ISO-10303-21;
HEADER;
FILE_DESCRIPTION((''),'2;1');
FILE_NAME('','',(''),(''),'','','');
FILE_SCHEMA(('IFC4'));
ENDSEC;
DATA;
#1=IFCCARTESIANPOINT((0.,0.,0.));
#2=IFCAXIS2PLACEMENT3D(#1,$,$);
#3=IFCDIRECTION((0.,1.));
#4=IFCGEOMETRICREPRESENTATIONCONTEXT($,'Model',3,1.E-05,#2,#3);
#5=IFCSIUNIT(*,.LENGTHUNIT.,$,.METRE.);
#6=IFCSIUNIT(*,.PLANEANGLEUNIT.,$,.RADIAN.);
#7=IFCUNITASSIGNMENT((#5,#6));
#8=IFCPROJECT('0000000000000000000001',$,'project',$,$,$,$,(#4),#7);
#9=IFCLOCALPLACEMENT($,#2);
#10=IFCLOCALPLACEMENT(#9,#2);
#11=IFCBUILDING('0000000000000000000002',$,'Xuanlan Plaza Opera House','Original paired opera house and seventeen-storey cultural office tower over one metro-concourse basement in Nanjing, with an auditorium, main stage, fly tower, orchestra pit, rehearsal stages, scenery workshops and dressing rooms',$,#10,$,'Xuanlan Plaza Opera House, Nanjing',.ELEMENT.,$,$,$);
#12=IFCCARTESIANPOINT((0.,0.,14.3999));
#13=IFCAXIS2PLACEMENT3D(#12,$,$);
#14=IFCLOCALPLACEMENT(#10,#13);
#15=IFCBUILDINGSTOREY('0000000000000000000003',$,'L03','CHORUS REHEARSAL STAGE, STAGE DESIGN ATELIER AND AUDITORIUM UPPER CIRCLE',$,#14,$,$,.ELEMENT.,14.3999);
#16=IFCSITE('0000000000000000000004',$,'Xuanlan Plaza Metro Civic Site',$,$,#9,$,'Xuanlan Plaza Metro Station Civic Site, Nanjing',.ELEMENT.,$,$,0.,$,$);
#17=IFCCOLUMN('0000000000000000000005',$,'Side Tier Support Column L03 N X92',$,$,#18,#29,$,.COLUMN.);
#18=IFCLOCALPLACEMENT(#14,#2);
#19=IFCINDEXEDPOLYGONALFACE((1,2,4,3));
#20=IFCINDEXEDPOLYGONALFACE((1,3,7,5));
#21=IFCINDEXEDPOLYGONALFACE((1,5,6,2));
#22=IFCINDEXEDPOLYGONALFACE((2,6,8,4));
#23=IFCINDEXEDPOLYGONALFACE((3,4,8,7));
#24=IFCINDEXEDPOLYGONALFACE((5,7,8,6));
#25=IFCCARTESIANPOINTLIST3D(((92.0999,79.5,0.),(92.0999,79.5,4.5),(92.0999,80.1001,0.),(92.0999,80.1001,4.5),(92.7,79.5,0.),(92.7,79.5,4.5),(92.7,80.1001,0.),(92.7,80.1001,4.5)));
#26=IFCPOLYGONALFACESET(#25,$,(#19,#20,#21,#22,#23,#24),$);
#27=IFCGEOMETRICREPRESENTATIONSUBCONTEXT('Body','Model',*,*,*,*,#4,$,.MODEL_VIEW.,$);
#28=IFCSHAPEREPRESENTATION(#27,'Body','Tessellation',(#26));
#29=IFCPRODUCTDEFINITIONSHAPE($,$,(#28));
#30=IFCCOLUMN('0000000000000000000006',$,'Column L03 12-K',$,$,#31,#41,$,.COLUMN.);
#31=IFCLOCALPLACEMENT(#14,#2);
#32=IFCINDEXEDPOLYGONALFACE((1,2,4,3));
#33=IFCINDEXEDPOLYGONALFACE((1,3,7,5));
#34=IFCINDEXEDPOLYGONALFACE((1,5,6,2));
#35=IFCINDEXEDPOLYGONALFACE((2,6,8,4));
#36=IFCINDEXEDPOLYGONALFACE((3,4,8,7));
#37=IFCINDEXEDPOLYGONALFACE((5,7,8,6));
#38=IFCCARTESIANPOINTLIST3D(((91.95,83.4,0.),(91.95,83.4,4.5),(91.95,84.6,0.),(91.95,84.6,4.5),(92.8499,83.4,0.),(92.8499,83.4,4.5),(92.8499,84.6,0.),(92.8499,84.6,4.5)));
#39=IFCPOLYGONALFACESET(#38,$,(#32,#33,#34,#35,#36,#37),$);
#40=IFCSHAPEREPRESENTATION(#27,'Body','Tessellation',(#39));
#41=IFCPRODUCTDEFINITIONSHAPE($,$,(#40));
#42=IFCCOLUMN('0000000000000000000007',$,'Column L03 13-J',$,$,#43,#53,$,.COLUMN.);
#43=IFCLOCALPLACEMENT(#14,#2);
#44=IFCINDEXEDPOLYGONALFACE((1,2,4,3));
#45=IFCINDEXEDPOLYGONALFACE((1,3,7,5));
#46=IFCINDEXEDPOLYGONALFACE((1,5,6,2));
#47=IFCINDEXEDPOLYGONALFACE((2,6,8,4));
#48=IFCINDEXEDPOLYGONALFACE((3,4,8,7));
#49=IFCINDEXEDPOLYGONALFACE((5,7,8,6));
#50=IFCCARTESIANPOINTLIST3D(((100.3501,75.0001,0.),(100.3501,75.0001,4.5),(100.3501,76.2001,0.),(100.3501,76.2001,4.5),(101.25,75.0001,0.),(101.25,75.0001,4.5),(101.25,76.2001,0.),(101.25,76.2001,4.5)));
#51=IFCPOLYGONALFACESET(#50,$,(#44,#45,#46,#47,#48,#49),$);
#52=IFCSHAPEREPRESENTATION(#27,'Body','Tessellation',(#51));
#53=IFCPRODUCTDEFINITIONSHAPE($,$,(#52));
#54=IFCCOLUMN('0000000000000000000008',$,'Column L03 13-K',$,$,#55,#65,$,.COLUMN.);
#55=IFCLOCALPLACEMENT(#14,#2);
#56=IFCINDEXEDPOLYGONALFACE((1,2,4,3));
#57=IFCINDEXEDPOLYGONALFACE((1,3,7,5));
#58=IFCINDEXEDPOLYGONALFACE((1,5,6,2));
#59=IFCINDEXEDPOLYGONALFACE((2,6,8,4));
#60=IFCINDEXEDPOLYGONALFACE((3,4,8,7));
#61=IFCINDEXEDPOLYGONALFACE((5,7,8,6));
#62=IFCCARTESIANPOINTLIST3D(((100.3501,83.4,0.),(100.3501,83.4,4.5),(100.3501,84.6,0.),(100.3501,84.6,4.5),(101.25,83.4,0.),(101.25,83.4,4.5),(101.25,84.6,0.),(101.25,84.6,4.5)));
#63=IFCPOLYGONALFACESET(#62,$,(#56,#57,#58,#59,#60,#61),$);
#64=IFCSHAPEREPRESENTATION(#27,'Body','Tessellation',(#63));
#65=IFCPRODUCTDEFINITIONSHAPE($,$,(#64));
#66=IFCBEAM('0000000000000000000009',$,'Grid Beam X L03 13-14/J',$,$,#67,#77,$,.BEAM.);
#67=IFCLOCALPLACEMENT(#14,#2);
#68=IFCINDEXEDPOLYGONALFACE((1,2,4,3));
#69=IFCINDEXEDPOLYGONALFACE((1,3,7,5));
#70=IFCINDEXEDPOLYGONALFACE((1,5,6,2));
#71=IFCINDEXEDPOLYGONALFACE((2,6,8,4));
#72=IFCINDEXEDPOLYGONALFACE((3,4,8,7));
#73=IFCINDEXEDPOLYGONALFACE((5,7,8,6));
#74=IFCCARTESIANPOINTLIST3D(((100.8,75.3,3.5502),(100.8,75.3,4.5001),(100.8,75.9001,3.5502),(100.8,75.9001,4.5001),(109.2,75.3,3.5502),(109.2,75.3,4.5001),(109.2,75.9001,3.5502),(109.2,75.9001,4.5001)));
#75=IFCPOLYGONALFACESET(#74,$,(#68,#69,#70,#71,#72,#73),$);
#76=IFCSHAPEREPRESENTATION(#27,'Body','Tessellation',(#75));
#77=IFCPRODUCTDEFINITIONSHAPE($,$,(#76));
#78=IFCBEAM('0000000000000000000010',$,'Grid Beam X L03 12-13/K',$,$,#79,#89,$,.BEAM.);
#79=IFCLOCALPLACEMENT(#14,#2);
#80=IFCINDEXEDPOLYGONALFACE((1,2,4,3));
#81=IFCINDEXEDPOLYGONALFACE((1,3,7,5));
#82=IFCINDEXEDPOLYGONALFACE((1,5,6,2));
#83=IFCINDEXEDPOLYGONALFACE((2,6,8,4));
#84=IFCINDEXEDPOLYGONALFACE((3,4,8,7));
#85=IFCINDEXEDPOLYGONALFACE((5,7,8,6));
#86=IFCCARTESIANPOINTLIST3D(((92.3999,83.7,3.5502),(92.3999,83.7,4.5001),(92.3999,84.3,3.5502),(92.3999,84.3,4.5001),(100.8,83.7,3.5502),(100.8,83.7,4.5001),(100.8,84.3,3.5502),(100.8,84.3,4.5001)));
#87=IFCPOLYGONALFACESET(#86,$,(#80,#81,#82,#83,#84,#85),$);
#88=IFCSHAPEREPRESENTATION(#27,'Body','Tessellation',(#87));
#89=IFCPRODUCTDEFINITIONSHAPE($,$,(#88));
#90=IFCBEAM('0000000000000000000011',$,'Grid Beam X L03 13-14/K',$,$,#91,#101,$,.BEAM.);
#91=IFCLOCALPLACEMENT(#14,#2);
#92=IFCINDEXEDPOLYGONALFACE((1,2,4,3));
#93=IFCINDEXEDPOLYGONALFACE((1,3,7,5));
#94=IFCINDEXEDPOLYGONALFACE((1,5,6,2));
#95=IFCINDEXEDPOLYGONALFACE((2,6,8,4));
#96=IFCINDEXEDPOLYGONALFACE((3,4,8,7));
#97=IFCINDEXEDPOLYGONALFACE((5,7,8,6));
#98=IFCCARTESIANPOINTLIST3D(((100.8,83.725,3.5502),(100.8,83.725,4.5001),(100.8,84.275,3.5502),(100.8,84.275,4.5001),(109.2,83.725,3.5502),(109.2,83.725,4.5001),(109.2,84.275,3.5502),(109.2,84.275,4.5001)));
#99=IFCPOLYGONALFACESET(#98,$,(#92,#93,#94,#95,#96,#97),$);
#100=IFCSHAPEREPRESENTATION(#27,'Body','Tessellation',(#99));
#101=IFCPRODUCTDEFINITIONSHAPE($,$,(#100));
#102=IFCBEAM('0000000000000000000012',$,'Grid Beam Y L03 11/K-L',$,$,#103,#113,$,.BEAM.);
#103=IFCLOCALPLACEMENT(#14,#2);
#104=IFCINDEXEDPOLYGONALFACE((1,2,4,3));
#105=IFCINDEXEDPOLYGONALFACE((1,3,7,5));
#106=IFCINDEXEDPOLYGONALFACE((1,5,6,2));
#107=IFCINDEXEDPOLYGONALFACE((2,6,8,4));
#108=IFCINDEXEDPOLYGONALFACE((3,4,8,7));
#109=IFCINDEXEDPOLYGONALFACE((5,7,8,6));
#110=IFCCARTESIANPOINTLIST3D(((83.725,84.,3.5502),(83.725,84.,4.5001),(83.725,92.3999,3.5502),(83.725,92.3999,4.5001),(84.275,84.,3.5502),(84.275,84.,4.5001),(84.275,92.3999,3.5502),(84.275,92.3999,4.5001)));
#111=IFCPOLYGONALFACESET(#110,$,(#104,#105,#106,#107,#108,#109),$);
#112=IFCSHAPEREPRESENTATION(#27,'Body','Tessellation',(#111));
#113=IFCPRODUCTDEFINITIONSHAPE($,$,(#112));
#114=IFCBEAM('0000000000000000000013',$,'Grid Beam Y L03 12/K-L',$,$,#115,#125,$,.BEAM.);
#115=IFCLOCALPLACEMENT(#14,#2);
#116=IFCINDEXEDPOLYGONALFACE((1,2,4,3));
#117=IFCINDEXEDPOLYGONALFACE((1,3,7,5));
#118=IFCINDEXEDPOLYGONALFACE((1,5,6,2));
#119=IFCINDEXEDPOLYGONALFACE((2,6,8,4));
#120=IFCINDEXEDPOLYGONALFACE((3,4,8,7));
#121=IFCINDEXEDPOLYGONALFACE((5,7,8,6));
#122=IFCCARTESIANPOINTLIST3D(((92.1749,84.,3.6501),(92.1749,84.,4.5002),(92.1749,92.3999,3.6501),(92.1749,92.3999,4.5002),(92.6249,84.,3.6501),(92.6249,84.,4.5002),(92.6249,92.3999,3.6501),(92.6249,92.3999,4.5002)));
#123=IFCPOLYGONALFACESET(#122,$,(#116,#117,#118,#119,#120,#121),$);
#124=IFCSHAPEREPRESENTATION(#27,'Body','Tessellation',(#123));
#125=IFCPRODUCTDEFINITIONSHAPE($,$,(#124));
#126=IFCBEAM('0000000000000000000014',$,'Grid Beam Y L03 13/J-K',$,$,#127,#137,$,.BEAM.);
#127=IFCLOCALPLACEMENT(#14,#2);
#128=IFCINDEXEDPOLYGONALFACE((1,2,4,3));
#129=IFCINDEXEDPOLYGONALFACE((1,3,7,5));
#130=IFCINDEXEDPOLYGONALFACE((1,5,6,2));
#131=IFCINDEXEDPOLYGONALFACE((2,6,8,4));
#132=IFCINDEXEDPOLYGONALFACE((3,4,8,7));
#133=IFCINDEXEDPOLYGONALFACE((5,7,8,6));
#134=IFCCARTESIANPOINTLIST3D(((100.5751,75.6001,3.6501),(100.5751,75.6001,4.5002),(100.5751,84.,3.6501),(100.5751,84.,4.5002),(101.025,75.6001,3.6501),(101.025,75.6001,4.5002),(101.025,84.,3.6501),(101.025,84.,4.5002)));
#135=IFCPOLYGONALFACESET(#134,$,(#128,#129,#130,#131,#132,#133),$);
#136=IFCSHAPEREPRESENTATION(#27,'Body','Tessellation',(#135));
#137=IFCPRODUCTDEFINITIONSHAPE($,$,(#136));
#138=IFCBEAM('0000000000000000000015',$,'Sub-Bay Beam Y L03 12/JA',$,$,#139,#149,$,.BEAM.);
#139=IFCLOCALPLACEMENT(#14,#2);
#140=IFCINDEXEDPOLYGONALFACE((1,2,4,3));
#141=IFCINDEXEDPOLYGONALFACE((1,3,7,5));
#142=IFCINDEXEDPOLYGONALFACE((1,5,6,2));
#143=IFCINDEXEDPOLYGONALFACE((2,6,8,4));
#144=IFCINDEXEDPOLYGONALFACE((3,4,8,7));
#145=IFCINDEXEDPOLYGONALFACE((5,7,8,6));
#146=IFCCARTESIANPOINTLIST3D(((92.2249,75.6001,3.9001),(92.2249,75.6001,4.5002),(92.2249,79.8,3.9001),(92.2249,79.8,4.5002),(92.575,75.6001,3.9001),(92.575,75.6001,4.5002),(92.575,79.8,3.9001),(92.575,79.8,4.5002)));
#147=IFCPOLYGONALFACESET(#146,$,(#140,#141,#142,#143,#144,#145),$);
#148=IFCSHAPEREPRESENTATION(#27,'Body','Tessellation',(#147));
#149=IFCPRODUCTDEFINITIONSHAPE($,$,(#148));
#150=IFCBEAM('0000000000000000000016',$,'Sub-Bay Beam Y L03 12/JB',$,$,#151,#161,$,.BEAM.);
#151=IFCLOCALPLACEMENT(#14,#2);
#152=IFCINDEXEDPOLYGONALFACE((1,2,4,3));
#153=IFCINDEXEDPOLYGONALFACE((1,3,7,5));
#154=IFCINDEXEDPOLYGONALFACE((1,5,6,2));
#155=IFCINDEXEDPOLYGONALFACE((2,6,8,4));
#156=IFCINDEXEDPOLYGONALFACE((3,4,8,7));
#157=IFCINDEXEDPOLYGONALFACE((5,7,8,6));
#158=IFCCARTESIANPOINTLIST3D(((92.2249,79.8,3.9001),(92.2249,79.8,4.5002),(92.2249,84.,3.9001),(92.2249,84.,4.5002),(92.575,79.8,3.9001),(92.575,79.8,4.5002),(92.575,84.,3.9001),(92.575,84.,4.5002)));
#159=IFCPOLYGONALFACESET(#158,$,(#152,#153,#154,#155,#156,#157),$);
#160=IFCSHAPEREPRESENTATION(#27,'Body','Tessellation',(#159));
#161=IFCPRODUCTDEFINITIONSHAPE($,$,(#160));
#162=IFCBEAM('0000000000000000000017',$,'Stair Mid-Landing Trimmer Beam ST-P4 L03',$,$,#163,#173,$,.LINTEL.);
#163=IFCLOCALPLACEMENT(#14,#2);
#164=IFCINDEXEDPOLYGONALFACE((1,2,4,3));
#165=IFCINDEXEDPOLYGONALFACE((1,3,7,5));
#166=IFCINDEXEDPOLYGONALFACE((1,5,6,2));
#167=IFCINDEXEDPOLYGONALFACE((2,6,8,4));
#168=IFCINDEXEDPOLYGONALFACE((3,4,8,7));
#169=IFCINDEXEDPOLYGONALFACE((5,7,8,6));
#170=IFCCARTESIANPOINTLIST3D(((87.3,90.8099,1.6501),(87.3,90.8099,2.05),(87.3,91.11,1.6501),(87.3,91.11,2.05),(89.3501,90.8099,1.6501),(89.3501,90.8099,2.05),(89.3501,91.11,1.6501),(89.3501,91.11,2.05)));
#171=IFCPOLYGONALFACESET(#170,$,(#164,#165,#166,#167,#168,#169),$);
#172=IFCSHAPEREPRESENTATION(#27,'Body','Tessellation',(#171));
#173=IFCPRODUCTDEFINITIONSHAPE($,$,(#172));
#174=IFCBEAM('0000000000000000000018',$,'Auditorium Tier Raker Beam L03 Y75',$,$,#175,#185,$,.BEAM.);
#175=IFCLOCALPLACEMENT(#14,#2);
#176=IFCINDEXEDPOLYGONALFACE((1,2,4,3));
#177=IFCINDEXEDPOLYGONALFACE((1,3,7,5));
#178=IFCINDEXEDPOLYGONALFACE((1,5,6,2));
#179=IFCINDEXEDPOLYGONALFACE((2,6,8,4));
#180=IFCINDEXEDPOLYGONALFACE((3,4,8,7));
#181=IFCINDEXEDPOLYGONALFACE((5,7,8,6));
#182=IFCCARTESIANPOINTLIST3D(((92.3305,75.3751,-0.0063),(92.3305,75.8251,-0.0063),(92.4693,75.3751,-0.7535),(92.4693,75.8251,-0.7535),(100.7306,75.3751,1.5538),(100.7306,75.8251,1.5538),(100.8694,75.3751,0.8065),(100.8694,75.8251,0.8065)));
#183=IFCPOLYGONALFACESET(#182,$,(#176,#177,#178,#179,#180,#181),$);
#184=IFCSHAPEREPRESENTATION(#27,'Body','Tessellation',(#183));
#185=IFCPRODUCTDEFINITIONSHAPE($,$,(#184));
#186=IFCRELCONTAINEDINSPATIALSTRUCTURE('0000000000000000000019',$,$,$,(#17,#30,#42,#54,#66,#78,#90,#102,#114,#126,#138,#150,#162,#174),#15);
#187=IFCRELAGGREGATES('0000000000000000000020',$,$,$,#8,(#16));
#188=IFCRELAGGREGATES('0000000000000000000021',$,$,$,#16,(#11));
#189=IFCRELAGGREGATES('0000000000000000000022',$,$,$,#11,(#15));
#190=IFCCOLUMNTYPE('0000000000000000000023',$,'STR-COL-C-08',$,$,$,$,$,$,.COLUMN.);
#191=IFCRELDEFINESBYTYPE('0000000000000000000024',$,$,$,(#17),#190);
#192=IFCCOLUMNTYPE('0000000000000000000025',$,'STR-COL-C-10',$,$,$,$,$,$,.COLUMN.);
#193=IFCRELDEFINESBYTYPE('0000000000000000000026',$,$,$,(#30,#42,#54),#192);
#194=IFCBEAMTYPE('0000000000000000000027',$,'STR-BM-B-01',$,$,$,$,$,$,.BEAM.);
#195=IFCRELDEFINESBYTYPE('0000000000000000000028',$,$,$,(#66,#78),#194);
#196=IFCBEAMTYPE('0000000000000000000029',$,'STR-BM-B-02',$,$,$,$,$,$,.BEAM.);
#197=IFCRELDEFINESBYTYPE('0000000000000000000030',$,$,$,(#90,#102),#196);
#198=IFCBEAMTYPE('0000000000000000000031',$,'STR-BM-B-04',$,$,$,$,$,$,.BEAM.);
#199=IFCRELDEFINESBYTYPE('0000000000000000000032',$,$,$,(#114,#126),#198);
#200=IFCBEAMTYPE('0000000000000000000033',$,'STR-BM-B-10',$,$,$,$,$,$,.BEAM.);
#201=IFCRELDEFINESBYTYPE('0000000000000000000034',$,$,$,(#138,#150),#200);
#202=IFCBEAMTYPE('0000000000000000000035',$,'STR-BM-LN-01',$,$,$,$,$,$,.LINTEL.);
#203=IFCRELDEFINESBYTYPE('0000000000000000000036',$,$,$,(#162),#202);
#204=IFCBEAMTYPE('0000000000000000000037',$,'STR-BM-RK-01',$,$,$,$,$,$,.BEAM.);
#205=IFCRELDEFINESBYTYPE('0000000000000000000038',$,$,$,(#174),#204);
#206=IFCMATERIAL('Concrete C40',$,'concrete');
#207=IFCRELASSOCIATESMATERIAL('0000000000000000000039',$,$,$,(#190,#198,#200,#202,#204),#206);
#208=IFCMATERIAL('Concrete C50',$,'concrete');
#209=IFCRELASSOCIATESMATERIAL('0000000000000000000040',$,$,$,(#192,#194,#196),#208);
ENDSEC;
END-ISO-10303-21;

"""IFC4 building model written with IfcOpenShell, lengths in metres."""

from ifc_helpers import new_model, si_unit, direction, frame, origin, origin_2d, place, context, subcontext, project, spatial, rectangle, extrude, material, material_profile, profile_set, type_object, element, save


model = new_model("IFC4")

# Units and contexts
model_context = context("Model", 3, precision=1e-05, world=origin(), true_north=direction((0.0, 1.0)))
body_context = subcontext(model_context, "Body", "Model", "MODEL_VIEW")
ifc_project = project(units=[si_unit("LENGTHUNIT", "METRE"), si_unit("PLANEANGLEUNIT", "RADIAN")], contexts=[model_context])

# Site, building, storey
site_placement = place(None, origin())
site = spatial("IfcSite", under=ifc_project, at=site_placement, Name="Xuanlan Plaza Metro Civic Site", LongName="Xuanlan Plaza Metro Station Civic Site, Nanjing", CompositionType="ELEMENT", RefElevation=0.0)
building_placement = place(site_placement, origin())
building = spatial("IfcBuilding", under=site, at=building_placement, Name="Xuanlan Plaza Opera House", Description="Original paired opera house and seventeen-storey cultural office tower over one metro-concourse basement in Nanjing, with an auditorium, main stage, fly tower, orchestra pit, rehearsal stages, scenery workshops and dressing rooms", LongName="Xuanlan Plaza Opera House, Nanjing", CompositionType="ELEMENT")
storey_placement = place(building_placement, frame((0.0, 0.0, 14.3999)))
storey = spatial("IfcBuildingStorey", under=building, at=storey_placement, Name="L03", Description="CHORUS REHEARSAL STAGE, STAGE DESIGN ATELIER AND AUDITORIUM UPPER CIRCLE", CompositionType="ELEMENT", Elevation=14.3999)

# Columns
ifc_material_1 = material(Name="Concrete C40", Category="concrete")
ifc_material_profile_1 = material_profile(ifc_material_1, rectangle(XDim=0.6001, YDim=0.6001, at=origin_2d()), Name="RC-COL 600x600")
ifc_profile_set_1 = profile_set([ifc_material_profile_1], Name="Concrete C40")
column_type_1 = type_object("IfcColumnType", Name="STR-COL-C-08", PredefinedType="COLUMN", material=ifc_profile_set_1)
column_placement = place(storey_placement, frame((92.3999, 79.8, 0.0), z_axis=(0.0, 0.0, 1.0), x_axis=(1.0, 0.0, 0.0)))
element("IfcColumn", 1, at=column_placement, inside=storey, type_object=column_type_1, Name="Side Tier Support Column L03 N X92", PredefinedType="COLUMN", context=body_context, shape_type="SweptSolid", body=[
    extrude(rectangle(XDim=0.6001, YDim=0.6001, at=origin_2d()), origin(), (0.0, 0.0, 1.0), 4.5),
])
ifc_material_2 = material(Name="Concrete C50", Category="concrete")
ifc_material_profile_2 = material_profile(ifc_material_2, rectangle(XDim=0.8999, YDim=1.2, at=origin_2d()), Name="RC-COL 900x1200")
ifc_profile_set_2 = profile_set([ifc_material_profile_2], Name="Concrete C50")
column_type_2 = type_object("IfcColumnType", Name="STR-COL-C-10", PredefinedType="COLUMN", material=ifc_profile_set_2)
for number, where, z_axis, x_axis, name in (
    (2, (92.3999, 84.0, 0.0), (0.0, 0.0, 1.0), (1.0, 0.0, 0.0), "Column L03 12-K"),
    (3, (100.8, 75.6001, 0.0), (0.0, 0.0, 1.0), (1.0, 0.0, 0.0), "Column L03 13-J"),
    (4, (100.8, 84.0, 0.0), (0.0, 0.0, 1.0), (1.0, 0.0, 0.0), "Column L03 13-K"),
):
    element("IfcColumn", number, at=place(storey_placement, frame(where, z_axis=z_axis, x_axis=x_axis)), inside=storey, type_object=column_type_2, Name=name, PredefinedType="COLUMN", context=body_context, shape_type="SweptSolid", body=[
        extrude(rectangle(XDim=0.8999, YDim=1.2, at=origin_2d()), origin(), (0.0, 0.0, 1.0), 4.5),
    ])

# Beams
ifc_material_profile_3 = material_profile(ifc_material_2, rectangle(XDim=0.6001, YDim=0.95, at=origin_2d()), Name="RC-BM 600x950")
ifc_profile_set_3 = profile_set([ifc_material_profile_3], Name="Concrete C50")
beam_type_1 = type_object("IfcBeamType", Name="STR-BM-B-01", PredefinedType="BEAM", material=ifc_profile_set_3)
beam_1_placement = place(storey_placement, frame((100.8, 75.6001, 4.0251), z_axis=(1.0, 0.0, 0.0), x_axis=(0.0, 1.0, 0.0)))
element("IfcBeam", 5, at=beam_1_placement, inside=storey, type_object=beam_type_1, Name="Grid Beam X L03 13-14/J", PredefinedType="BEAM", context=body_context, shape_type="SweptSolid", body=[
    extrude(rectangle(XDim=0.6001, YDim=0.95, at=origin_2d()), origin(), (0.0, 0.0, 1.0), 8.3999),
])
beam_2_placement = place(storey_placement, frame((92.3999, 84.0, 4.0251), z_axis=(1.0, 0.0, 0.0), x_axis=(0.0, 1.0, 0.0)))
element("IfcBeam", 6, at=beam_2_placement, inside=storey, type_object=beam_type_1, Name="Grid Beam X L03 12-13/K", PredefinedType="BEAM", context=body_context, shape_type="SweptSolid", body=[
    extrude(rectangle(XDim=0.6001, YDim=0.95, at=origin_2d()), origin(), (0.0, 0.0, 1.0), 8.4001),
])
ifc_material_profile_4 = material_profile(ifc_material_2, rectangle(XDim=0.55, YDim=0.95, at=origin_2d()), Name="RC-BM 550x950")
ifc_profile_set_4 = profile_set([ifc_material_profile_4], Name="Concrete C50")
beam_type_2 = type_object("IfcBeamType", Name="STR-BM-B-02", PredefinedType="BEAM", material=ifc_profile_set_4)
for number, where, z_axis, x_axis, name in (
    (7, (100.8, 84.0, 4.0251), (1.0, 0.0, 0.0), (0.0, 1.0, 0.0), "Grid Beam X L03 13-14/K"),
    (8, (84.0, 84.0, 4.0251), (0.0, 1.0, 0.0), (-1.0, 0.0, 0.0), "Grid Beam Y L03 11/K-L"),
):
    element("IfcBeam", number, at=place(storey_placement, frame(where, z_axis=z_axis, x_axis=x_axis)), inside=storey, type_object=beam_type_2, Name=name, PredefinedType="BEAM", context=body_context, shape_type="SweptSolid", body=[
        extrude(rectangle(XDim=0.55, YDim=0.95, at=origin_2d()), origin(), (0.0, 0.0, 1.0), 8.3999),
    ])
ifc_material_profile_5 = material_profile(ifc_material_1, rectangle(XDim=0.45, YDim=0.8501, at=origin_2d()), Name="RC-BM 450x850")
ifc_profile_set_5 = profile_set([ifc_material_profile_5], Name="Concrete C40")
beam_type_3 = type_object("IfcBeamType", Name="STR-BM-B-04", PredefinedType="BEAM", material=ifc_profile_set_5)
for number, where, z_axis, x_axis, name in (
    (9, (92.3999, 84.0, 4.0752), (0.0, 1.0, 0.0), (-1.0, 0.0, 0.0), "Grid Beam Y L03 12/K-L"),
    (10, (100.8, 75.6001, 4.0752), (0.0, 1.0, 0.0), (-1.0, 0.0, 0.0), "Grid Beam Y L03 13/J-K"),
):
    element("IfcBeam", number, at=place(storey_placement, frame(where, z_axis=z_axis, x_axis=x_axis)), inside=storey, type_object=beam_type_3, Name=name, PredefinedType="BEAM", context=body_context, shape_type="SweptSolid", body=[
        extrude(rectangle(XDim=0.45, YDim=0.8501, at=origin_2d()), origin(), (0.0, 0.0, 1.0), 8.3999),
    ])
ifc_material_profile_6 = material_profile(ifc_material_1, rectangle(XDim=0.3501, YDim=0.6001, at=origin_2d()), Name="RC-BM 350x600")
ifc_profile_set_6 = profile_set([ifc_material_profile_6], Name="Concrete C40")
beam_type_4 = type_object("IfcBeamType", Name="STR-BM-B-10", PredefinedType="BEAM", material=ifc_profile_set_6)
for number, where, z_axis, x_axis, name in (
    (11, (92.3999, 75.6001, 4.2002), (0.0, 1.0, 0.0), (-1.0, 0.0, 0.0), "Sub-Bay Beam Y L03 12/JA"),
    (12, (92.3999, 79.8, 4.2002), (0.0, 1.0, 0.0), (-1.0, 0.0, 0.0), "Sub-Bay Beam Y L03 12/JB"),
):
    element("IfcBeam", number, at=place(storey_placement, frame(where, z_axis=z_axis, x_axis=x_axis)), inside=storey, type_object=beam_type_4, Name=name, PredefinedType="BEAM", context=body_context, shape_type="SweptSolid", body=[
        extrude(rectangle(XDim=0.3501, YDim=0.6001, at=origin_2d()), origin(), (0.0, 0.0, 1.0), 4.2),
    ])
ifc_material_profile_7 = material_profile(ifc_material_1, rectangle(XDim=0.3, YDim=0.3999, at=origin_2d()), Name="RC-LNT 300x400")
ifc_profile_set_7 = profile_set([ifc_material_profile_7], Name="Concrete C40")
beam_type_5 = type_object("IfcBeamType", Name="STR-BM-LN-01", PredefinedType="LINTEL", material=ifc_profile_set_7)
beam_3_placement = place(storey_placement, frame((87.3, 90.96, 1.8501), z_axis=(1.0, 0.0, 0.0), x_axis=(0.0, 1.0, 0.0)))
element("IfcBeam", 13, at=beam_3_placement, inside=storey, type_object=beam_type_5, Name="Stair Mid-Landing Trimmer Beam ST-P4 L03", PredefinedType="LINTEL", context=body_context, shape_type="SweptSolid", body=[
    extrude(rectangle(XDim=0.3, YDim=0.3999, at=origin_2d()), origin(), (0.0, 0.0, 1.0), 2.05),
])
ifc_material_profile_8 = material_profile(ifc_material_1, rectangle(XDim=0.45, YDim=0.76, at=origin_2d()), Name="RC-RKR 450x760")
ifc_profile_set_8 = profile_set([ifc_material_profile_8], Name="Concrete C40")
beam_type_6 = type_object("IfcBeamType", Name="STR-BM-RK-01", PredefinedType="BEAM", material=ifc_profile_set_8)
beam_4_placement = place(storey_placement, frame((92.3999, 75.6001, -0.3799), z_axis=(0.983188, 0.0, 0.182596), x_axis=(0.0, 1.0, 0.0)))
element("IfcBeam", 14, at=beam_4_placement, inside=storey, type_object=beam_type_6, Name="Auditorium Tier Raker Beam L03 Y75", PredefinedType="BEAM", context=body_context, shape_type="SweptSolid", body=[
    extrude(rectangle(XDim=0.45, YDim=0.76, at=origin_2d()), origin(), (0.0, 0.0, 1.0), 8.5437),
])

save(model, "model.ifc")
